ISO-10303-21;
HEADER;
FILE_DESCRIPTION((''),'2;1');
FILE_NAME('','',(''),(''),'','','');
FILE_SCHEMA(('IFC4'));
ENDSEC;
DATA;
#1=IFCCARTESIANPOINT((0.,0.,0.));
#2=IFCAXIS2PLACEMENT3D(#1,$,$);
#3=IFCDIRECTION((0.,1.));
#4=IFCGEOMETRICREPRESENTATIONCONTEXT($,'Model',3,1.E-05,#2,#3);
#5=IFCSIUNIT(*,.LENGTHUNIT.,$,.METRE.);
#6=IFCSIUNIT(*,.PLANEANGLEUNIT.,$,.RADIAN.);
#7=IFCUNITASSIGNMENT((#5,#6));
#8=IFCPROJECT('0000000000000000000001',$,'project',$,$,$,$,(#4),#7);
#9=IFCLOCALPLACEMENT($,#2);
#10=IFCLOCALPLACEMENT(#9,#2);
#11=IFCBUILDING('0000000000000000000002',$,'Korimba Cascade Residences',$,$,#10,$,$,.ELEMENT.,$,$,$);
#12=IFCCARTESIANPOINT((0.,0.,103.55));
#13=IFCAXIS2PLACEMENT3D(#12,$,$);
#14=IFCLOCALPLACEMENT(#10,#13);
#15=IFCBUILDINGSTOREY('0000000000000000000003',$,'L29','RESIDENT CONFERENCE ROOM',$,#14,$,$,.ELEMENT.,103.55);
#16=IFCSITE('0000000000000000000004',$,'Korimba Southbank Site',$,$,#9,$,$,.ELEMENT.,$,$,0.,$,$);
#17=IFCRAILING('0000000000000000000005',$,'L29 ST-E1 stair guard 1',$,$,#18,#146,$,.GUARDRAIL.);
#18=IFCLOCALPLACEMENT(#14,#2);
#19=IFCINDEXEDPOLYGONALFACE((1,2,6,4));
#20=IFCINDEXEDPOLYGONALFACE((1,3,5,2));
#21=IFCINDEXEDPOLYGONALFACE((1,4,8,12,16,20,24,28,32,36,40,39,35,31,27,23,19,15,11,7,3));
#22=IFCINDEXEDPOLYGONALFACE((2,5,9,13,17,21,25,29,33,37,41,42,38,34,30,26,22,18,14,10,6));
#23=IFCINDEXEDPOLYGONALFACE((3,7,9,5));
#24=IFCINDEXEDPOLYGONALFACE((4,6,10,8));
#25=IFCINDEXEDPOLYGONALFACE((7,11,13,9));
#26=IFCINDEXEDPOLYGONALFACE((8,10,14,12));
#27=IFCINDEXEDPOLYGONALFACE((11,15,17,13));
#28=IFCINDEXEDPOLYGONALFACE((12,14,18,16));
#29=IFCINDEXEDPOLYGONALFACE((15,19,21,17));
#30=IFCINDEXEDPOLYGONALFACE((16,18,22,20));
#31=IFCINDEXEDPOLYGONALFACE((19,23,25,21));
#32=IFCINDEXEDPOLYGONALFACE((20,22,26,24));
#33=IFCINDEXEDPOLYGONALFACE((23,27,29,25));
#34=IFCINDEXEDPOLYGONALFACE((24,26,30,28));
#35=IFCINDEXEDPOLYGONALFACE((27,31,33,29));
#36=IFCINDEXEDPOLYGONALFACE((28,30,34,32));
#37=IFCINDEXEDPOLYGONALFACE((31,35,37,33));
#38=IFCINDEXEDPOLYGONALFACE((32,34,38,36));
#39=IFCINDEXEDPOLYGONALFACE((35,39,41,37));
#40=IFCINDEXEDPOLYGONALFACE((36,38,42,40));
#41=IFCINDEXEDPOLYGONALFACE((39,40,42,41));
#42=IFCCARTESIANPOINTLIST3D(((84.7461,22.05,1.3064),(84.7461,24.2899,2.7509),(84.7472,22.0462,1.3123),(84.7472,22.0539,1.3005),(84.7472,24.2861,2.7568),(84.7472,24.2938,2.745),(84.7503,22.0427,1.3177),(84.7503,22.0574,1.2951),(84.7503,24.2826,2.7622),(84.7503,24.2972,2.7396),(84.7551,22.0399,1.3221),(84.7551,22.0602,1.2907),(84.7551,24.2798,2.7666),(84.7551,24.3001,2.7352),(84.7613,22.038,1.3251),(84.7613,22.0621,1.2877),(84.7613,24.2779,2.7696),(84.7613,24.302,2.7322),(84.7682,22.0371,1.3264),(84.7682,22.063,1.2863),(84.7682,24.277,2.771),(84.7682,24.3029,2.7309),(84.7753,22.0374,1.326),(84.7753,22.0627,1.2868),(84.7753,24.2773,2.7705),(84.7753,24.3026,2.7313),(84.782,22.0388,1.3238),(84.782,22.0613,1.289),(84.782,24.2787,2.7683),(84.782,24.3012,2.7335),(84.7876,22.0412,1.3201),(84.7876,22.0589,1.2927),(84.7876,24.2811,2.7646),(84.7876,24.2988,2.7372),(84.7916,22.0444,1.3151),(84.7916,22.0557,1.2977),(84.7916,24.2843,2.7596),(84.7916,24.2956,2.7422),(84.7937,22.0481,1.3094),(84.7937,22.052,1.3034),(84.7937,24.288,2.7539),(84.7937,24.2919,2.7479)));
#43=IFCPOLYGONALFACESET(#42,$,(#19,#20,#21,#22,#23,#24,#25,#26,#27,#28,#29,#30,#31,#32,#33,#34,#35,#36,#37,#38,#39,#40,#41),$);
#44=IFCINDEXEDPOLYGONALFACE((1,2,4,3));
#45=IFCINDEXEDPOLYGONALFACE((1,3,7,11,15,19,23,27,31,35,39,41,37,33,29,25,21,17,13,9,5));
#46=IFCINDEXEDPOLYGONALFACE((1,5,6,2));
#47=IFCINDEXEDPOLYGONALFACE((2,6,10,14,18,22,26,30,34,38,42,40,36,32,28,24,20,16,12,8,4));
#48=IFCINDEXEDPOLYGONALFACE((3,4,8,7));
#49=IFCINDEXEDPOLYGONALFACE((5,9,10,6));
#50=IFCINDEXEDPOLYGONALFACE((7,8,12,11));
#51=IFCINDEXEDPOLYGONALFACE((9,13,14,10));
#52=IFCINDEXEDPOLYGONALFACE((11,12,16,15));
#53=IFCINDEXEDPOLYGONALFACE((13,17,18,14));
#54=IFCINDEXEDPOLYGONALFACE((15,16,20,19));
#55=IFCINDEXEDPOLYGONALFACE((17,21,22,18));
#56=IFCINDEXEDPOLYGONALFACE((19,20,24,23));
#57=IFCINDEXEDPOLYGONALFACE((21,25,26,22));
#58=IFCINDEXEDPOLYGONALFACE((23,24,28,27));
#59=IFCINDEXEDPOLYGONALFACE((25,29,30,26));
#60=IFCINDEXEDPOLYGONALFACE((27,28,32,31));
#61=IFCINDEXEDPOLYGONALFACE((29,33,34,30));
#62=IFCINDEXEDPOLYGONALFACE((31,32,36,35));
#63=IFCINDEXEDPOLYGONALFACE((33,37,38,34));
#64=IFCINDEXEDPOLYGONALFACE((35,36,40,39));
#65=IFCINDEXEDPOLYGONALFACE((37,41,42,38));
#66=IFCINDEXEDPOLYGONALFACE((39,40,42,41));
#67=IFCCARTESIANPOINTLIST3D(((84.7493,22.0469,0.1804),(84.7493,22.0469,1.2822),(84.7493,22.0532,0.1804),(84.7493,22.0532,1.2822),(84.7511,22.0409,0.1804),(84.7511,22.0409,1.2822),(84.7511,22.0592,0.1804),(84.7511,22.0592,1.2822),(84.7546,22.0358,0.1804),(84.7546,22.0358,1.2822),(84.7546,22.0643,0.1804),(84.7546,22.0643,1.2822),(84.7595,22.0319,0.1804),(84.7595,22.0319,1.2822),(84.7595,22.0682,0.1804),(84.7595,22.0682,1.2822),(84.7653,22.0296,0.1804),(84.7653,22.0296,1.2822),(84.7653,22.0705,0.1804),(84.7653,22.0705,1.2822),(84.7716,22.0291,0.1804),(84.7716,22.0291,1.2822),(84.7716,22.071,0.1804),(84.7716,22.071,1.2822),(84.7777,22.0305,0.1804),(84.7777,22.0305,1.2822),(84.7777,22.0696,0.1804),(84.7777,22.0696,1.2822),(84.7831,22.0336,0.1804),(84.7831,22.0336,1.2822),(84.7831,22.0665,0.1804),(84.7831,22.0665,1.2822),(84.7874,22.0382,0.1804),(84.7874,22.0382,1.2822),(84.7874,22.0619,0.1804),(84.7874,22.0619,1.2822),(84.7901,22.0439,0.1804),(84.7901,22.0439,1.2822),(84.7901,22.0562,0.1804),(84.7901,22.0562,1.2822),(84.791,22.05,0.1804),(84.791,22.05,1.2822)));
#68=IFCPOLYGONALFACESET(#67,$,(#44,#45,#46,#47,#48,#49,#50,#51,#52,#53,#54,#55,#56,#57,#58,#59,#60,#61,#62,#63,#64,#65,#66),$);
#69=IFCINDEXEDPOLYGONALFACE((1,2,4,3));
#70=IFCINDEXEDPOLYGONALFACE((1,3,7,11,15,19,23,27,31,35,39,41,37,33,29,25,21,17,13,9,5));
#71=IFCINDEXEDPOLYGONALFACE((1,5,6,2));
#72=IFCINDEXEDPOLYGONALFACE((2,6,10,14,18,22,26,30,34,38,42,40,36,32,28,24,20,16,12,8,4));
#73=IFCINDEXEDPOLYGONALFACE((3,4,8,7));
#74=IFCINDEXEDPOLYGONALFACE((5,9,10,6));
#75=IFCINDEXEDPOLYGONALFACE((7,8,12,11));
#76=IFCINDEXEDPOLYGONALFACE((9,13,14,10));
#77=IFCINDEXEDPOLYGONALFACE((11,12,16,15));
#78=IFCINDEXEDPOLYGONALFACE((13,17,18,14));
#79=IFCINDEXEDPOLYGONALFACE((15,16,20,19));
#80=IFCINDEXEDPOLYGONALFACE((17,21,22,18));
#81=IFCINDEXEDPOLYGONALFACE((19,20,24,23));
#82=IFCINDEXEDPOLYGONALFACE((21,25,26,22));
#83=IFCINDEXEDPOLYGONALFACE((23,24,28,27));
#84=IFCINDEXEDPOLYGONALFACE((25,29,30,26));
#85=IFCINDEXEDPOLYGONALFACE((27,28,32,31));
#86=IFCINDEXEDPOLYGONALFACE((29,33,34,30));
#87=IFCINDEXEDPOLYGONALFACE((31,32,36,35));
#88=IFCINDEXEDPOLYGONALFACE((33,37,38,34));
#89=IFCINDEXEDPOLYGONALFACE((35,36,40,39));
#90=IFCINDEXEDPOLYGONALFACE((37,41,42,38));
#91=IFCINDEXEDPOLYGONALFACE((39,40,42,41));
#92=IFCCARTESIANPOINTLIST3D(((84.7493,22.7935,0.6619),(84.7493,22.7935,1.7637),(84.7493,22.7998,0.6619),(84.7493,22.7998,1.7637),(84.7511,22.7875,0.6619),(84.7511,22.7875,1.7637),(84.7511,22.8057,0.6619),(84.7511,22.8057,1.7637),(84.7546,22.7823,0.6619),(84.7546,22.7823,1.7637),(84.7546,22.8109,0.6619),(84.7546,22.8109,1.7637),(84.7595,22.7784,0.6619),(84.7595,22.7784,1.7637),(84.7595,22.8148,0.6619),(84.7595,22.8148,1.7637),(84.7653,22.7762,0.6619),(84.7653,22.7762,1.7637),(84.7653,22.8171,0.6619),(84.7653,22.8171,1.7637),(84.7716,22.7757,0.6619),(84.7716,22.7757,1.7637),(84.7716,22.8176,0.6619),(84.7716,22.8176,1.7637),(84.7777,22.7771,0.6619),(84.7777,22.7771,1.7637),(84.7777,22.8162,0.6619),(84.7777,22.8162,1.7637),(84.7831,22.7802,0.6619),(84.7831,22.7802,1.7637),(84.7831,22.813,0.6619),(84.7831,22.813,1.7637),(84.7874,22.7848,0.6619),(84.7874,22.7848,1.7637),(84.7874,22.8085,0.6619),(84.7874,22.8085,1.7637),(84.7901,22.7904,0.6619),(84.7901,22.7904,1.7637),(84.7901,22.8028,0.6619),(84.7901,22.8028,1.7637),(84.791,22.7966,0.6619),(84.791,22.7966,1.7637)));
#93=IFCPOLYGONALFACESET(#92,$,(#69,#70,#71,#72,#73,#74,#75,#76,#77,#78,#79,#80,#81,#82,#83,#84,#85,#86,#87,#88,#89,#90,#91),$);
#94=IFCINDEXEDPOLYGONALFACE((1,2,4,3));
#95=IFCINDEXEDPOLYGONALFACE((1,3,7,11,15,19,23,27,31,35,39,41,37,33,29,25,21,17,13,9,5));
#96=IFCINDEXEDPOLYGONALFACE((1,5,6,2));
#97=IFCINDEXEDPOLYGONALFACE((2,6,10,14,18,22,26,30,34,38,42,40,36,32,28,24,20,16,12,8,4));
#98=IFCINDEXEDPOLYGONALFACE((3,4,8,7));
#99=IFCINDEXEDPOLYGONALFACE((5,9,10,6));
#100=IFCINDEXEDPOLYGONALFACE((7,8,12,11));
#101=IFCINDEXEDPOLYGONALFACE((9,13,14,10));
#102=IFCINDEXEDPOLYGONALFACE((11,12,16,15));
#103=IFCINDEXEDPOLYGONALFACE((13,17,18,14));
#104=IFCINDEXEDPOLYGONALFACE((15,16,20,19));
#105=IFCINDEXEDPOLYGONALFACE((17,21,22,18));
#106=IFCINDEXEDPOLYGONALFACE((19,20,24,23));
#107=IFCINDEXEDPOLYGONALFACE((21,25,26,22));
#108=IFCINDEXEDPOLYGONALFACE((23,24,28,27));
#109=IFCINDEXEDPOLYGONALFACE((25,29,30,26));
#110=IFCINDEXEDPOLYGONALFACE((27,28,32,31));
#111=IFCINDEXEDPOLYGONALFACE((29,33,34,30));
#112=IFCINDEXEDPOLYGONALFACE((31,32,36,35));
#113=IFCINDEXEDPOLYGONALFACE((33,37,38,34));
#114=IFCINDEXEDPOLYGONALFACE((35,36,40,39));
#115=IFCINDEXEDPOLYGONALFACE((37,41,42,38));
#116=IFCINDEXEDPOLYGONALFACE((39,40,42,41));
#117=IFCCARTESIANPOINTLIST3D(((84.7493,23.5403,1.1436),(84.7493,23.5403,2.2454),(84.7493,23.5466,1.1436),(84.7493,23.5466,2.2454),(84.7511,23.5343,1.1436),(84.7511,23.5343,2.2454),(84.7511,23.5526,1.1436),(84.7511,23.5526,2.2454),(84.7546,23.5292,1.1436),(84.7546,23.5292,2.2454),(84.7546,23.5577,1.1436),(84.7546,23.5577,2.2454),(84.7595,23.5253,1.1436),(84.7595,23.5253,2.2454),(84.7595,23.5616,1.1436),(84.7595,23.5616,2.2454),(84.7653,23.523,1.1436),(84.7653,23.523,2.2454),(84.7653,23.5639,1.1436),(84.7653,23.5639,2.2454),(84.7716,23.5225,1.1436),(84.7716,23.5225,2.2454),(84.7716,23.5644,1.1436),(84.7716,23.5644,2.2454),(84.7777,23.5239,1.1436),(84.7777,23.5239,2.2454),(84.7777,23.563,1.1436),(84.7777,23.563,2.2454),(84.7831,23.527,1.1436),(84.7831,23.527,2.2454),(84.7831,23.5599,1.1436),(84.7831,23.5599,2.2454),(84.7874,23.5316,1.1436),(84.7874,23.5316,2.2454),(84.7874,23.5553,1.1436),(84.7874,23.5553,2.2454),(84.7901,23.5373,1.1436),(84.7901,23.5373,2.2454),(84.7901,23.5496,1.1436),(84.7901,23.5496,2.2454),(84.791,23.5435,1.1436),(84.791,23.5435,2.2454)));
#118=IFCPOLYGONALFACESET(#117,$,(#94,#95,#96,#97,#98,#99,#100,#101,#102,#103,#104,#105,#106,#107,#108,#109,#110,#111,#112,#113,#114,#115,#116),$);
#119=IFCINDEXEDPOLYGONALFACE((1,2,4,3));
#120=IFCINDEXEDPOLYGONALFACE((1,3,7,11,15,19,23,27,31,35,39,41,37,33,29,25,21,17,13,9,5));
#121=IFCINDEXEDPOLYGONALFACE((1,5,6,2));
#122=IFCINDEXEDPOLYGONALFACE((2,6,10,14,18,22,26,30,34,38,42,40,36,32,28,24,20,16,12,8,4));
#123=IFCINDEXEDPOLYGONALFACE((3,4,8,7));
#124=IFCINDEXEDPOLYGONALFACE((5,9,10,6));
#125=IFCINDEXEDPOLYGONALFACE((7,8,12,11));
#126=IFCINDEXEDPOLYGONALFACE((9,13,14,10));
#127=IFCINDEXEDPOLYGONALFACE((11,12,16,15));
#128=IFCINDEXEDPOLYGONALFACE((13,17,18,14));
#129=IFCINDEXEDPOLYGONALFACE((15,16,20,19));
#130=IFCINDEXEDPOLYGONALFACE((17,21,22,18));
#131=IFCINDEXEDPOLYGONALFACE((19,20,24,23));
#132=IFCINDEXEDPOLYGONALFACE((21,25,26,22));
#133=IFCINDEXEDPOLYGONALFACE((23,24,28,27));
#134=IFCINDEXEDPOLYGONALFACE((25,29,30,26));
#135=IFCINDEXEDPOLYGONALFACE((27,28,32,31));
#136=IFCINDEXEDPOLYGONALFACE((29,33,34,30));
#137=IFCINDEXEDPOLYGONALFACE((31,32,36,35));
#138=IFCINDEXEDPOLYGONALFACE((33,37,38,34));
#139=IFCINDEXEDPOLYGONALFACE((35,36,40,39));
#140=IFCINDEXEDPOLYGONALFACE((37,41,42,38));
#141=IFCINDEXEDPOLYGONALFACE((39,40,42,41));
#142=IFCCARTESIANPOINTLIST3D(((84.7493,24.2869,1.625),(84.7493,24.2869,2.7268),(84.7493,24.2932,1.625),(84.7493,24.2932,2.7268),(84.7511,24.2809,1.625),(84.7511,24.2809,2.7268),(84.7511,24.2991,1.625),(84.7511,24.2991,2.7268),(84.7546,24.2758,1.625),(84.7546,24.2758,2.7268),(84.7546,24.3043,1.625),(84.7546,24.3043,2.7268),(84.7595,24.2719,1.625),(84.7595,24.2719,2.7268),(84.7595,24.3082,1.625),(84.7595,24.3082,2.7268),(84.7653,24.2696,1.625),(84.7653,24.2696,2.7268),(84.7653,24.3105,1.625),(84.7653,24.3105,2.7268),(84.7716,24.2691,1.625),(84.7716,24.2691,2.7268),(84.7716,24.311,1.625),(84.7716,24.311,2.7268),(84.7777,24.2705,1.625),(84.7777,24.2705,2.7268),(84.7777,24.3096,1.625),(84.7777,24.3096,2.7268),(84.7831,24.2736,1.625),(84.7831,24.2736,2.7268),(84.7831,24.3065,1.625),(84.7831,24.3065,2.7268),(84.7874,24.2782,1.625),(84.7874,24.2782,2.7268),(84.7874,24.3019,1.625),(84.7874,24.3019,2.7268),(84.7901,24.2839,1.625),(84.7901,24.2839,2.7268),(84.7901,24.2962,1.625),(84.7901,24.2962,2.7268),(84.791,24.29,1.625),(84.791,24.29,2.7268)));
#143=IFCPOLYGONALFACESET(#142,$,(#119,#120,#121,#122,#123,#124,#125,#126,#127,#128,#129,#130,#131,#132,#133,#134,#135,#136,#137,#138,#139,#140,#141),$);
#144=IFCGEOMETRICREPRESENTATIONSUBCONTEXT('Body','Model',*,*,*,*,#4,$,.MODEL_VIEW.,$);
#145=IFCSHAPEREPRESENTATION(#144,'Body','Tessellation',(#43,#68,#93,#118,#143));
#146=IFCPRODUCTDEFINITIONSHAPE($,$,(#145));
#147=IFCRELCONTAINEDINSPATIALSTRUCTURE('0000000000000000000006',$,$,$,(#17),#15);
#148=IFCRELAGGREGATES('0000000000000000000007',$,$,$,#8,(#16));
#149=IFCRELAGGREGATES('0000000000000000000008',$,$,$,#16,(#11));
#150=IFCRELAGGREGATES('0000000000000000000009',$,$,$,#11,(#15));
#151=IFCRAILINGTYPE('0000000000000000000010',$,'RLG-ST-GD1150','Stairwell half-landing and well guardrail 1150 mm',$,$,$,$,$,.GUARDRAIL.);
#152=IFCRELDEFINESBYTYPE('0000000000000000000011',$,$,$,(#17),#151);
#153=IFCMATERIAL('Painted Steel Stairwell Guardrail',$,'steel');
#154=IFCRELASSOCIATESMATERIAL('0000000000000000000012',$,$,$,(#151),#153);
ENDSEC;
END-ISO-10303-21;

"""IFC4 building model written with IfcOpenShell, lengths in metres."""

from ifc_helpers import new_model, si_unit, direction, frame, origin, origin_2d, place, context, subcontext, project, spatial, circle, extrude, material, type_object, element, save


model = new_model("IFC4")

# Units and contexts
model_context = context("Model", 3, precision=1e-05, world=origin(), true_north=direction((0.0, 1.0)))
body_context = subcontext(model_context, "Body", "Model", "MODEL_VIEW")
ifc_project = project(units=[si_unit("LENGTHUNIT", "METRE"), si_unit("PLANEANGLEUNIT", "RADIAN")], contexts=[model_context])

# Site, building, storey
site_placement = place(None, origin())
site = spatial("IfcSite", under=ifc_project, at=site_placement, Name="Korimba Southbank Site", CompositionType="ELEMENT", RefElevation=0.0)
building_placement = place(site_placement, origin())
building = spatial("IfcBuilding", under=site, at=building_placement, Name="Korimba Cascade Residences", CompositionType="ELEMENT")
storey_placement = place(building_placement, frame((0.0, 0.0, 103.55)))
storey = spatial("IfcBuildingStorey", under=building, at=storey_placement, Name="L29", Description="RESIDENT CONFERENCE ROOM", CompositionType="ELEMENT", Elevation=103.55)

# Railing
ifc_material_1 = material(Name="Painted Steel Stairwell Guardrail", Category="steel")
railing_type_1 = type_object("IfcRailingType", Name="RLG-ST-GD1150", Description="Stairwell half-landing and well guardrail 1150 mm", PredefinedType="GUARDRAIL", material=ifc_material_1)
railing_1_placement = place(storey_placement, frame((84.77, 22.05, 0.1804)))
element("IfcRailing", 1, at=railing_1_placement, inside=storey, type_object=railing_type_1, Name="L29 ST-E1 stair guard 1", PredefinedType="GUARDRAIL", context=body_context, shape_type="SweptSolid", body=[
    extrude(circle(Radius=0.0239, at=origin_2d()), frame((0.0, 0.0, 1.126), z_axis=(0.0, 0.840395, 0.541975), x_axis=(-1.0, 0.0, 0.0)), (0.0, 0.0, 1.0), 2.6653),
    extrude(circle(Radius=0.021, at=origin_2d()), origin(), (0.0, 0.0, 1.0), 1.1018),
    extrude(circle(Radius=0.021, at=origin_2d()), frame((0.0, 0.7466, 0.4814)), (0.0, 0.0, 1.0), 1.1018),
    extrude(circle(Radius=0.021, at=origin_2d()), frame((0.0, 1.4934, 0.9631)), (0.0, 0.0, 1.0), 1.1018),
    extrude(circle(Radius=0.021, at=origin_2d()), frame((0.0, 2.24, 1.4446)), (0.0, 0.0, 1.0), 1.1018),
])

save(model, "model.ifc")
